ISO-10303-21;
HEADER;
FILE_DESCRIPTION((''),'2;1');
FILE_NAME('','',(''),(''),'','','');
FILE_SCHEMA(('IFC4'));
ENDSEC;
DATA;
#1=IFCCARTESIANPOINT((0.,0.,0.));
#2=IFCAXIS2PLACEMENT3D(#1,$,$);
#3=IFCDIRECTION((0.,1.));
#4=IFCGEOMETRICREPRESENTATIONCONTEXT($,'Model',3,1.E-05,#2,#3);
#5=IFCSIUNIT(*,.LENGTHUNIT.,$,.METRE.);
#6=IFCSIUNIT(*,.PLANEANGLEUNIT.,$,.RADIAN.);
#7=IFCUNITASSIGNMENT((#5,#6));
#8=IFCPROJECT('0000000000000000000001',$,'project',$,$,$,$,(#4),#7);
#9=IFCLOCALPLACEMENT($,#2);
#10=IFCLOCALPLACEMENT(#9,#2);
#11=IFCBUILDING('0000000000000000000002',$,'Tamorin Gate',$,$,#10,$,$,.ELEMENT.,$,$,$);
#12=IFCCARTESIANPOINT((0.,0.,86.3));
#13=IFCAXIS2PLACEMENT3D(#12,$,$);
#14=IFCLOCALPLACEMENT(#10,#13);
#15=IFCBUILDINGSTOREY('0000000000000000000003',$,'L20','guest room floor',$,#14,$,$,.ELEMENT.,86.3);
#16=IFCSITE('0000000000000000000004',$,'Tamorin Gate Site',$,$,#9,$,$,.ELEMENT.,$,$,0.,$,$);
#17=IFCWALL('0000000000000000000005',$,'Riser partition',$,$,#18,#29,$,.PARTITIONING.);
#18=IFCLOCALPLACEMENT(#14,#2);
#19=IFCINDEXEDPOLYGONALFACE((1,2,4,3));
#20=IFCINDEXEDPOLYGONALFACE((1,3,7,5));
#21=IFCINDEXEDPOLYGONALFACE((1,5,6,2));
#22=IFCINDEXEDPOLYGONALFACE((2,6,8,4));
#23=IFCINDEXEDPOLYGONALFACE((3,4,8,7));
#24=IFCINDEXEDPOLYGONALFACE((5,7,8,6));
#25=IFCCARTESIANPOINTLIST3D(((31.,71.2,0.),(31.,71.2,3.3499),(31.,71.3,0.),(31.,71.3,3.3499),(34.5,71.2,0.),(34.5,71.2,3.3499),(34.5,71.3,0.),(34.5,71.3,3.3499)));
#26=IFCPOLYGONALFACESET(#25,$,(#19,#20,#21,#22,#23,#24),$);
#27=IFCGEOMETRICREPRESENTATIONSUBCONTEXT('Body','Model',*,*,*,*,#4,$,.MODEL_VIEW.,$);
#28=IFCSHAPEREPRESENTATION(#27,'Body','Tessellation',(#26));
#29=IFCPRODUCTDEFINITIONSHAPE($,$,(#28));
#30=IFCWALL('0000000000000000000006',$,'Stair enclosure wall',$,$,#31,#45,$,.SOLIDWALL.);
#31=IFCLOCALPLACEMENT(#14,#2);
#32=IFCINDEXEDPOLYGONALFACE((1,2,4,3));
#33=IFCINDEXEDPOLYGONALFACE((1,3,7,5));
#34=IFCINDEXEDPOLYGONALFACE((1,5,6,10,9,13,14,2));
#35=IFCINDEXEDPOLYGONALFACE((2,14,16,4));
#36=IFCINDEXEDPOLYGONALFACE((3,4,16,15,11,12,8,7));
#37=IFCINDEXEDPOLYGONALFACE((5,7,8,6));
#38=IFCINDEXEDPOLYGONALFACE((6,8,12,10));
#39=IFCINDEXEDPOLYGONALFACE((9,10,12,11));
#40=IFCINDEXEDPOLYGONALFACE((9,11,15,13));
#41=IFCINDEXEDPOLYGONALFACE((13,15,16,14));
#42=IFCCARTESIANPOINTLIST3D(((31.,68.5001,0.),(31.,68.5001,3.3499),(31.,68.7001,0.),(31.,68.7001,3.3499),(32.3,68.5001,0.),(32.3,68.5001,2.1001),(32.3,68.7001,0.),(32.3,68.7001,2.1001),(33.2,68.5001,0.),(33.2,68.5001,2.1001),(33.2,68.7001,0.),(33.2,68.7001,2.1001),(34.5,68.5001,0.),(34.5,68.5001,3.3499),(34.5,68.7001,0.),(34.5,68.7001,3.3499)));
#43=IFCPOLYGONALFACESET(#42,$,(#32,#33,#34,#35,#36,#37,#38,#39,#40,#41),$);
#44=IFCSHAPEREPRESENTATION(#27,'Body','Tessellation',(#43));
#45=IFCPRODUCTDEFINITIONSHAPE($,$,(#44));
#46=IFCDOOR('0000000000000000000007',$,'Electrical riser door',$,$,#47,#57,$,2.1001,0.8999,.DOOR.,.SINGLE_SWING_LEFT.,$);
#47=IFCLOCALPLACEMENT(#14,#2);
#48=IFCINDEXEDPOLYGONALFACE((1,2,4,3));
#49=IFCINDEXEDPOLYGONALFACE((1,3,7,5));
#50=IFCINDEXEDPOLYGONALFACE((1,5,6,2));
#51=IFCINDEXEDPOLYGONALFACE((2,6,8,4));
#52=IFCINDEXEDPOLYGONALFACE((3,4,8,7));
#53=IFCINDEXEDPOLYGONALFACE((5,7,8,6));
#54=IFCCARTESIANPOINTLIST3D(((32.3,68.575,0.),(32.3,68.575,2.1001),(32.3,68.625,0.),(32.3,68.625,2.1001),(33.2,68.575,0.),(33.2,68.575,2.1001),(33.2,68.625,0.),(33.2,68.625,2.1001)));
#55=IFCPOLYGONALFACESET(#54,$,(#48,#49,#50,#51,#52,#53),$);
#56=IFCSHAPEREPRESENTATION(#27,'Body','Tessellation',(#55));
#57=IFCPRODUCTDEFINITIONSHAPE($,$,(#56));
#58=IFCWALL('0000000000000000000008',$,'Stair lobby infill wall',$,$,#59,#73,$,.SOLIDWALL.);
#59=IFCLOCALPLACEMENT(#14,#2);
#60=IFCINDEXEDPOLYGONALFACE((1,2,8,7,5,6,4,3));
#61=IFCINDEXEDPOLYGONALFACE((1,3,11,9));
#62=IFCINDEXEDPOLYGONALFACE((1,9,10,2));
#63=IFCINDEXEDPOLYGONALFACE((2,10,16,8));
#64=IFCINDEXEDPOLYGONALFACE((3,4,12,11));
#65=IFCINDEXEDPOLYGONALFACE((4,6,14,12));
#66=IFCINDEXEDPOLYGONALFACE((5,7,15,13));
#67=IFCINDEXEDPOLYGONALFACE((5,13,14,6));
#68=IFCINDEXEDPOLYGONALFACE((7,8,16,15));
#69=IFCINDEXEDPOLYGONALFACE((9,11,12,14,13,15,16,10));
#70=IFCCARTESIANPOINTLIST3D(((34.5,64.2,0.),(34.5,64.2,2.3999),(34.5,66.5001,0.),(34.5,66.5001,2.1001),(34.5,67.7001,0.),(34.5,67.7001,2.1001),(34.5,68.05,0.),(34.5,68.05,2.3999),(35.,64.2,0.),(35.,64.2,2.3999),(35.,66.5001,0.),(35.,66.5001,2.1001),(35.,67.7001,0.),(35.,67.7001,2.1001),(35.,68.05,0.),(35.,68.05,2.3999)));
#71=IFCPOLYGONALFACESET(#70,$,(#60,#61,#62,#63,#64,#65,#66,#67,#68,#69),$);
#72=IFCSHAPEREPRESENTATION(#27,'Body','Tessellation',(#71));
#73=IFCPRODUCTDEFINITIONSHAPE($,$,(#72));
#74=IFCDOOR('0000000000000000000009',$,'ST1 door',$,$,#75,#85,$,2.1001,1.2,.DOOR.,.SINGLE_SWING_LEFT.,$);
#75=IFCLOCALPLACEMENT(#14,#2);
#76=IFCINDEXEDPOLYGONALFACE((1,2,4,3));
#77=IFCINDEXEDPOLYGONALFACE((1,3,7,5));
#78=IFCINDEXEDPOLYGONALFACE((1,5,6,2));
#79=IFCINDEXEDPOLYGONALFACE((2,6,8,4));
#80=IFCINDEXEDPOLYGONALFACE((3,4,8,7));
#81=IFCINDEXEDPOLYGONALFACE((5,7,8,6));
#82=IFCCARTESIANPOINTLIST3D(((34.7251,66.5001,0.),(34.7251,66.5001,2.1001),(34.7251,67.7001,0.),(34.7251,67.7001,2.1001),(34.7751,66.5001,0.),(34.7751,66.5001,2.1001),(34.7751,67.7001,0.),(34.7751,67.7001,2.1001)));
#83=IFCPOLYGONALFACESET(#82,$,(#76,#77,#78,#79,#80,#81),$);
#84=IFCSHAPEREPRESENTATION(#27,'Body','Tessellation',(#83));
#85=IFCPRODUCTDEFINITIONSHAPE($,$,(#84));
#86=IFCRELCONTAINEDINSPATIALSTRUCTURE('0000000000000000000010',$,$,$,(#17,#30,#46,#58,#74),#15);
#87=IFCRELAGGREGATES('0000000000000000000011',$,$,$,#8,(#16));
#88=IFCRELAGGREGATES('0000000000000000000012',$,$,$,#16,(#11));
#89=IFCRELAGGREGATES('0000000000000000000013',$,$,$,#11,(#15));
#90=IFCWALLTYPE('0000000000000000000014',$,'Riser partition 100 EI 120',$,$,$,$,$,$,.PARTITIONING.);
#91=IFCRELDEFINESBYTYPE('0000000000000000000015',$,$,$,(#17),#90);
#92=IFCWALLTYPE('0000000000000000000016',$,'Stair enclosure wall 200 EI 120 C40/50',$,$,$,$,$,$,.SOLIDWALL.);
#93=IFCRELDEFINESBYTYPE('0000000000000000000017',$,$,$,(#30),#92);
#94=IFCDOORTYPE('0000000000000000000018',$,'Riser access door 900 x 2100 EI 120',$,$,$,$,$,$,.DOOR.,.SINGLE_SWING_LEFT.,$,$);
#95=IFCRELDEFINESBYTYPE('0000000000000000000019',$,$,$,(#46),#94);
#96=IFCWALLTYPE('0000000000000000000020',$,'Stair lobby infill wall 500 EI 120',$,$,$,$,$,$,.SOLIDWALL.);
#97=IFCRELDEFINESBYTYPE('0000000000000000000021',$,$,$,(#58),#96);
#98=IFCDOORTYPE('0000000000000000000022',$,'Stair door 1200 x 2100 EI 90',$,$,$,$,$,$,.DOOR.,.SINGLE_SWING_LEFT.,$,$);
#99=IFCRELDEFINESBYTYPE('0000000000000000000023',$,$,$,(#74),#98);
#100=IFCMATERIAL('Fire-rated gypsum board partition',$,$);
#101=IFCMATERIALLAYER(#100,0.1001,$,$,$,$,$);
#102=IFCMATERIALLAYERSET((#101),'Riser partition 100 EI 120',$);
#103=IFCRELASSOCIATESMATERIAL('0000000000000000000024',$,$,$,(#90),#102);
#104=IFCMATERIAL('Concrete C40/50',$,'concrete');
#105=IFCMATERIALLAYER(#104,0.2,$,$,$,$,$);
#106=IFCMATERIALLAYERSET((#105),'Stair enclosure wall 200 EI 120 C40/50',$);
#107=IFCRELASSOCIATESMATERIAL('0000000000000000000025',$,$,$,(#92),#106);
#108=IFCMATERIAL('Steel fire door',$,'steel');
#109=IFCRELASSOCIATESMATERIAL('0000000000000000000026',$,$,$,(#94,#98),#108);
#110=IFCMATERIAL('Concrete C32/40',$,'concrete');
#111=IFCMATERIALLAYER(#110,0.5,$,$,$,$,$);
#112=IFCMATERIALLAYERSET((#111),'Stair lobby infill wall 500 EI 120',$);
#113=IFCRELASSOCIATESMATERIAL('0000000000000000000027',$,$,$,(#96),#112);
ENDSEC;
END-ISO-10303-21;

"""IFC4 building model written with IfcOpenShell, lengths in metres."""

from ifc_helpers import new_model, si_unit, direction, frame, frame_2d, origin, place, context, subcontext, project, spatial, rectangle, extrude, material, layer, layer_set, type_object, element, fill, save


model = new_model("IFC4")

# Units and contexts
model_context = context("Model", 3, precision=1e-05, world=origin(), true_north=direction((0.0, 1.0)))
body_context = subcontext(model_context, "Body", "Model", "MODEL_VIEW")
ifc_project = project(units=[si_unit("LENGTHUNIT", "METRE"), si_unit("PLANEANGLEUNIT", "RADIAN")], contexts=[model_context])

# Site, building, storey
site_placement = place(None, origin())
site = spatial("IfcSite", under=ifc_project, at=site_placement, Name="Tamorin Gate Site", CompositionType="ELEMENT", RefElevation=0.0)
building_placement = place(site_placement, origin())
building = spatial("IfcBuilding", under=site, at=building_placement, Name="Tamorin Gate", CompositionType="ELEMENT")
storey_placement = place(building_placement, frame((0.0, 0.0, 86.3)))
storey = spatial("IfcBuildingStorey", under=building, at=storey_placement, Name="L20", Description="guest room floor", CompositionType="ELEMENT", Elevation=86.3)

# Shared definitions
ifc_material_1 = material(Name="Concrete C32/40", Category="concrete")

# Wall
ifc_material_2 = material(Name="Fire-rated gypsum board partition")
ifc_layer_1 = layer(ifc_material_2, 0.1001)
ifc_layer_set_1 = layer_set([ifc_layer_1], Name="Riser partition 100 EI 120")
wall_type_1 = type_object("IfcWallType", Name="Riser partition 100 EI 120", PredefinedType="PARTITIONING", material=ifc_layer_set_1)
wall_1_placement = place(storey_placement, frame((31.0, 71.25, 0.0), z_axis=(0.0, 0.0, 1.0), x_axis=(1.0, 0.0, 0.0)))
element("IfcWall", 1, at=wall_1_placement, inside=storey, type_object=wall_type_1, Name="Riser partition", PredefinedType="PARTITIONING", context=body_context, shape_type="SweptSolid", body=[
    extrude(rectangle(XDim=3.5, YDim=0.1001, at=frame_2d((1.75, 0.0))), origin(), (0.0, 0.0, 1.0), 3.3499),
])

# Walls, openings, doors
ifc_material_3 = material(Name="Concrete C40/50", Category="concrete")
ifc_layer_2 = layer(ifc_material_3, 0.2)
ifc_layer_set_2 = layer_set([ifc_layer_2], Name="Stair enclosure wall 200 EI 120 C40/50")
wall_type_2 = type_object("IfcWallType", Name="Stair enclosure wall 200 EI 120 C40/50", PredefinedType="SOLIDWALL", material=ifc_layer_set_2)
wall_2_placement = place(storey_placement, frame((31.0, 68.6001, 0.0), z_axis=(0.0, 0.0, 1.0), x_axis=(1.0, 0.0, 0.0)))
wall_2 = element("IfcWall", 2, at=wall_2_placement, inside=storey, type_object=wall_type_2, Name="Stair enclosure wall", PredefinedType="SOLIDWALL", context=body_context, shape_type="SweptSolid", body=[
    extrude(rectangle(XDim=3.5, YDim=0.2, at=frame_2d((1.75, 0.0))), origin(), (0.0, 0.0, 1.0), 3.3499),
])
opening_1_placement = place(wall_2_placement, frame((1.3, 0.0, 0.0)))
opening_1 = element("IfcOpeningElement", 3, at=opening_1_placement, cuts=wall_2, PredefinedType="OPENING", context=body_context, shape_type="SweptSolid", body=[
    extrude(rectangle(XDim=0.8999, YDim=2.1001, at=frame_2d((0.45, 1.05))), frame((0.0, 0.1099, 0.0), z_axis=(0.0, -1.0, 0.0), x_axis=(1.0, 0.0, 0.0)), (0.0, 0.0, 1.0), 0.22),
])
ifc_material_4 = material(Name="Steel fire door", Category="steel")
door_type_1 = type_object("IfcDoorType", Name="Riser access door 900 x 2100 EI 120", OperationType="SINGLE_SWING_LEFT", PredefinedType="DOOR", material=ifc_material_4)
door_1_placement = place(opening_1_placement, origin())
door_1 = element("IfcDoor", 4, at=door_1_placement, inside=storey, type_object=door_type_1, Name="Electrical riser door", OperationType="SINGLE_SWING_LEFT", OverallHeight=2.1001, OverallWidth=0.8999, PredefinedType="DOOR", context=body_context, shape_type="SweptSolid", body=[
    extrude(rectangle(XDim=0.8999, YDim=2.1001, at=frame_2d((0.45, 1.05))), frame((0.0, 0.0249, 0.0), z_axis=(0.0, -1.0, 0.0), x_axis=(1.0, 0.0, 0.0)), (0.0, 0.0, 1.0), 0.05),
])
fill(opening_1, door_1)
ifc_layer_3 = layer(ifc_material_1, 0.5)
ifc_layer_set_3 = layer_set([ifc_layer_3], Name="Stair lobby infill wall 500 EI 120")
wall_type_3 = type_object("IfcWallType", Name="Stair lobby infill wall 500 EI 120", PredefinedType="SOLIDWALL", material=ifc_layer_set_3)
wall_3_placement = place(storey_placement, frame((34.75, 64.2, 0.0), z_axis=(0.0, 0.0, 1.0), x_axis=(0.0, 1.0, 0.0)))
wall_3 = element("IfcWall", 5, at=wall_3_placement, inside=storey, type_object=wall_type_3, Name="Stair lobby infill wall", PredefinedType="SOLIDWALL", context=body_context, shape_type="SweptSolid", body=[
    extrude(rectangle(XDim=3.8501, YDim=0.5, at=frame_2d((1.925, 0.0))), origin(), (0.0, 0.0, 1.0), 2.3999),
])
opening_2_placement = place(wall_3_placement, frame((2.3, 0.0, 0.0)))
opening_2 = element("IfcOpeningElement", 6, at=opening_2_placement, cuts=wall_3, PredefinedType="OPENING", context=body_context, shape_type="SweptSolid", body=[
    extrude(rectangle(XDim=1.2, YDim=2.1001, at=frame_2d((0.6001, 1.05))), frame((0.0, 0.26, 0.0), z_axis=(0.0, -1.0, 0.0), x_axis=(1.0, 0.0, 0.0)), (0.0, 0.0, 1.0), 0.52),
])
door_type_2 = type_object("IfcDoorType", Name="Stair door 1200 x 2100 EI 90", OperationType="SINGLE_SWING_LEFT", PredefinedType="DOOR", material=ifc_material_4)
door_2_placement = place(opening_2_placement, origin())
door_2 = element("IfcDoor", 7, at=door_2_placement, inside=storey, type_object=door_type_2, Name="ST1 door", OperationType="SINGLE_SWING_LEFT", OverallHeight=2.1001, OverallWidth=1.2, PredefinedType="DOOR", context=body_context, shape_type="SweptSolid", body=[
    extrude(rectangle(XDim=1.2, YDim=2.1001, at=frame_2d((0.6001, 1.05))), frame((0.0, 0.0249, 0.0), z_axis=(0.0, -1.0, 0.0), x_axis=(1.0, 0.0, 0.0)), (0.0, 0.0, 1.0), 0.05),
])
fill(opening_2, door_2)

save(model, "model.ifc")
